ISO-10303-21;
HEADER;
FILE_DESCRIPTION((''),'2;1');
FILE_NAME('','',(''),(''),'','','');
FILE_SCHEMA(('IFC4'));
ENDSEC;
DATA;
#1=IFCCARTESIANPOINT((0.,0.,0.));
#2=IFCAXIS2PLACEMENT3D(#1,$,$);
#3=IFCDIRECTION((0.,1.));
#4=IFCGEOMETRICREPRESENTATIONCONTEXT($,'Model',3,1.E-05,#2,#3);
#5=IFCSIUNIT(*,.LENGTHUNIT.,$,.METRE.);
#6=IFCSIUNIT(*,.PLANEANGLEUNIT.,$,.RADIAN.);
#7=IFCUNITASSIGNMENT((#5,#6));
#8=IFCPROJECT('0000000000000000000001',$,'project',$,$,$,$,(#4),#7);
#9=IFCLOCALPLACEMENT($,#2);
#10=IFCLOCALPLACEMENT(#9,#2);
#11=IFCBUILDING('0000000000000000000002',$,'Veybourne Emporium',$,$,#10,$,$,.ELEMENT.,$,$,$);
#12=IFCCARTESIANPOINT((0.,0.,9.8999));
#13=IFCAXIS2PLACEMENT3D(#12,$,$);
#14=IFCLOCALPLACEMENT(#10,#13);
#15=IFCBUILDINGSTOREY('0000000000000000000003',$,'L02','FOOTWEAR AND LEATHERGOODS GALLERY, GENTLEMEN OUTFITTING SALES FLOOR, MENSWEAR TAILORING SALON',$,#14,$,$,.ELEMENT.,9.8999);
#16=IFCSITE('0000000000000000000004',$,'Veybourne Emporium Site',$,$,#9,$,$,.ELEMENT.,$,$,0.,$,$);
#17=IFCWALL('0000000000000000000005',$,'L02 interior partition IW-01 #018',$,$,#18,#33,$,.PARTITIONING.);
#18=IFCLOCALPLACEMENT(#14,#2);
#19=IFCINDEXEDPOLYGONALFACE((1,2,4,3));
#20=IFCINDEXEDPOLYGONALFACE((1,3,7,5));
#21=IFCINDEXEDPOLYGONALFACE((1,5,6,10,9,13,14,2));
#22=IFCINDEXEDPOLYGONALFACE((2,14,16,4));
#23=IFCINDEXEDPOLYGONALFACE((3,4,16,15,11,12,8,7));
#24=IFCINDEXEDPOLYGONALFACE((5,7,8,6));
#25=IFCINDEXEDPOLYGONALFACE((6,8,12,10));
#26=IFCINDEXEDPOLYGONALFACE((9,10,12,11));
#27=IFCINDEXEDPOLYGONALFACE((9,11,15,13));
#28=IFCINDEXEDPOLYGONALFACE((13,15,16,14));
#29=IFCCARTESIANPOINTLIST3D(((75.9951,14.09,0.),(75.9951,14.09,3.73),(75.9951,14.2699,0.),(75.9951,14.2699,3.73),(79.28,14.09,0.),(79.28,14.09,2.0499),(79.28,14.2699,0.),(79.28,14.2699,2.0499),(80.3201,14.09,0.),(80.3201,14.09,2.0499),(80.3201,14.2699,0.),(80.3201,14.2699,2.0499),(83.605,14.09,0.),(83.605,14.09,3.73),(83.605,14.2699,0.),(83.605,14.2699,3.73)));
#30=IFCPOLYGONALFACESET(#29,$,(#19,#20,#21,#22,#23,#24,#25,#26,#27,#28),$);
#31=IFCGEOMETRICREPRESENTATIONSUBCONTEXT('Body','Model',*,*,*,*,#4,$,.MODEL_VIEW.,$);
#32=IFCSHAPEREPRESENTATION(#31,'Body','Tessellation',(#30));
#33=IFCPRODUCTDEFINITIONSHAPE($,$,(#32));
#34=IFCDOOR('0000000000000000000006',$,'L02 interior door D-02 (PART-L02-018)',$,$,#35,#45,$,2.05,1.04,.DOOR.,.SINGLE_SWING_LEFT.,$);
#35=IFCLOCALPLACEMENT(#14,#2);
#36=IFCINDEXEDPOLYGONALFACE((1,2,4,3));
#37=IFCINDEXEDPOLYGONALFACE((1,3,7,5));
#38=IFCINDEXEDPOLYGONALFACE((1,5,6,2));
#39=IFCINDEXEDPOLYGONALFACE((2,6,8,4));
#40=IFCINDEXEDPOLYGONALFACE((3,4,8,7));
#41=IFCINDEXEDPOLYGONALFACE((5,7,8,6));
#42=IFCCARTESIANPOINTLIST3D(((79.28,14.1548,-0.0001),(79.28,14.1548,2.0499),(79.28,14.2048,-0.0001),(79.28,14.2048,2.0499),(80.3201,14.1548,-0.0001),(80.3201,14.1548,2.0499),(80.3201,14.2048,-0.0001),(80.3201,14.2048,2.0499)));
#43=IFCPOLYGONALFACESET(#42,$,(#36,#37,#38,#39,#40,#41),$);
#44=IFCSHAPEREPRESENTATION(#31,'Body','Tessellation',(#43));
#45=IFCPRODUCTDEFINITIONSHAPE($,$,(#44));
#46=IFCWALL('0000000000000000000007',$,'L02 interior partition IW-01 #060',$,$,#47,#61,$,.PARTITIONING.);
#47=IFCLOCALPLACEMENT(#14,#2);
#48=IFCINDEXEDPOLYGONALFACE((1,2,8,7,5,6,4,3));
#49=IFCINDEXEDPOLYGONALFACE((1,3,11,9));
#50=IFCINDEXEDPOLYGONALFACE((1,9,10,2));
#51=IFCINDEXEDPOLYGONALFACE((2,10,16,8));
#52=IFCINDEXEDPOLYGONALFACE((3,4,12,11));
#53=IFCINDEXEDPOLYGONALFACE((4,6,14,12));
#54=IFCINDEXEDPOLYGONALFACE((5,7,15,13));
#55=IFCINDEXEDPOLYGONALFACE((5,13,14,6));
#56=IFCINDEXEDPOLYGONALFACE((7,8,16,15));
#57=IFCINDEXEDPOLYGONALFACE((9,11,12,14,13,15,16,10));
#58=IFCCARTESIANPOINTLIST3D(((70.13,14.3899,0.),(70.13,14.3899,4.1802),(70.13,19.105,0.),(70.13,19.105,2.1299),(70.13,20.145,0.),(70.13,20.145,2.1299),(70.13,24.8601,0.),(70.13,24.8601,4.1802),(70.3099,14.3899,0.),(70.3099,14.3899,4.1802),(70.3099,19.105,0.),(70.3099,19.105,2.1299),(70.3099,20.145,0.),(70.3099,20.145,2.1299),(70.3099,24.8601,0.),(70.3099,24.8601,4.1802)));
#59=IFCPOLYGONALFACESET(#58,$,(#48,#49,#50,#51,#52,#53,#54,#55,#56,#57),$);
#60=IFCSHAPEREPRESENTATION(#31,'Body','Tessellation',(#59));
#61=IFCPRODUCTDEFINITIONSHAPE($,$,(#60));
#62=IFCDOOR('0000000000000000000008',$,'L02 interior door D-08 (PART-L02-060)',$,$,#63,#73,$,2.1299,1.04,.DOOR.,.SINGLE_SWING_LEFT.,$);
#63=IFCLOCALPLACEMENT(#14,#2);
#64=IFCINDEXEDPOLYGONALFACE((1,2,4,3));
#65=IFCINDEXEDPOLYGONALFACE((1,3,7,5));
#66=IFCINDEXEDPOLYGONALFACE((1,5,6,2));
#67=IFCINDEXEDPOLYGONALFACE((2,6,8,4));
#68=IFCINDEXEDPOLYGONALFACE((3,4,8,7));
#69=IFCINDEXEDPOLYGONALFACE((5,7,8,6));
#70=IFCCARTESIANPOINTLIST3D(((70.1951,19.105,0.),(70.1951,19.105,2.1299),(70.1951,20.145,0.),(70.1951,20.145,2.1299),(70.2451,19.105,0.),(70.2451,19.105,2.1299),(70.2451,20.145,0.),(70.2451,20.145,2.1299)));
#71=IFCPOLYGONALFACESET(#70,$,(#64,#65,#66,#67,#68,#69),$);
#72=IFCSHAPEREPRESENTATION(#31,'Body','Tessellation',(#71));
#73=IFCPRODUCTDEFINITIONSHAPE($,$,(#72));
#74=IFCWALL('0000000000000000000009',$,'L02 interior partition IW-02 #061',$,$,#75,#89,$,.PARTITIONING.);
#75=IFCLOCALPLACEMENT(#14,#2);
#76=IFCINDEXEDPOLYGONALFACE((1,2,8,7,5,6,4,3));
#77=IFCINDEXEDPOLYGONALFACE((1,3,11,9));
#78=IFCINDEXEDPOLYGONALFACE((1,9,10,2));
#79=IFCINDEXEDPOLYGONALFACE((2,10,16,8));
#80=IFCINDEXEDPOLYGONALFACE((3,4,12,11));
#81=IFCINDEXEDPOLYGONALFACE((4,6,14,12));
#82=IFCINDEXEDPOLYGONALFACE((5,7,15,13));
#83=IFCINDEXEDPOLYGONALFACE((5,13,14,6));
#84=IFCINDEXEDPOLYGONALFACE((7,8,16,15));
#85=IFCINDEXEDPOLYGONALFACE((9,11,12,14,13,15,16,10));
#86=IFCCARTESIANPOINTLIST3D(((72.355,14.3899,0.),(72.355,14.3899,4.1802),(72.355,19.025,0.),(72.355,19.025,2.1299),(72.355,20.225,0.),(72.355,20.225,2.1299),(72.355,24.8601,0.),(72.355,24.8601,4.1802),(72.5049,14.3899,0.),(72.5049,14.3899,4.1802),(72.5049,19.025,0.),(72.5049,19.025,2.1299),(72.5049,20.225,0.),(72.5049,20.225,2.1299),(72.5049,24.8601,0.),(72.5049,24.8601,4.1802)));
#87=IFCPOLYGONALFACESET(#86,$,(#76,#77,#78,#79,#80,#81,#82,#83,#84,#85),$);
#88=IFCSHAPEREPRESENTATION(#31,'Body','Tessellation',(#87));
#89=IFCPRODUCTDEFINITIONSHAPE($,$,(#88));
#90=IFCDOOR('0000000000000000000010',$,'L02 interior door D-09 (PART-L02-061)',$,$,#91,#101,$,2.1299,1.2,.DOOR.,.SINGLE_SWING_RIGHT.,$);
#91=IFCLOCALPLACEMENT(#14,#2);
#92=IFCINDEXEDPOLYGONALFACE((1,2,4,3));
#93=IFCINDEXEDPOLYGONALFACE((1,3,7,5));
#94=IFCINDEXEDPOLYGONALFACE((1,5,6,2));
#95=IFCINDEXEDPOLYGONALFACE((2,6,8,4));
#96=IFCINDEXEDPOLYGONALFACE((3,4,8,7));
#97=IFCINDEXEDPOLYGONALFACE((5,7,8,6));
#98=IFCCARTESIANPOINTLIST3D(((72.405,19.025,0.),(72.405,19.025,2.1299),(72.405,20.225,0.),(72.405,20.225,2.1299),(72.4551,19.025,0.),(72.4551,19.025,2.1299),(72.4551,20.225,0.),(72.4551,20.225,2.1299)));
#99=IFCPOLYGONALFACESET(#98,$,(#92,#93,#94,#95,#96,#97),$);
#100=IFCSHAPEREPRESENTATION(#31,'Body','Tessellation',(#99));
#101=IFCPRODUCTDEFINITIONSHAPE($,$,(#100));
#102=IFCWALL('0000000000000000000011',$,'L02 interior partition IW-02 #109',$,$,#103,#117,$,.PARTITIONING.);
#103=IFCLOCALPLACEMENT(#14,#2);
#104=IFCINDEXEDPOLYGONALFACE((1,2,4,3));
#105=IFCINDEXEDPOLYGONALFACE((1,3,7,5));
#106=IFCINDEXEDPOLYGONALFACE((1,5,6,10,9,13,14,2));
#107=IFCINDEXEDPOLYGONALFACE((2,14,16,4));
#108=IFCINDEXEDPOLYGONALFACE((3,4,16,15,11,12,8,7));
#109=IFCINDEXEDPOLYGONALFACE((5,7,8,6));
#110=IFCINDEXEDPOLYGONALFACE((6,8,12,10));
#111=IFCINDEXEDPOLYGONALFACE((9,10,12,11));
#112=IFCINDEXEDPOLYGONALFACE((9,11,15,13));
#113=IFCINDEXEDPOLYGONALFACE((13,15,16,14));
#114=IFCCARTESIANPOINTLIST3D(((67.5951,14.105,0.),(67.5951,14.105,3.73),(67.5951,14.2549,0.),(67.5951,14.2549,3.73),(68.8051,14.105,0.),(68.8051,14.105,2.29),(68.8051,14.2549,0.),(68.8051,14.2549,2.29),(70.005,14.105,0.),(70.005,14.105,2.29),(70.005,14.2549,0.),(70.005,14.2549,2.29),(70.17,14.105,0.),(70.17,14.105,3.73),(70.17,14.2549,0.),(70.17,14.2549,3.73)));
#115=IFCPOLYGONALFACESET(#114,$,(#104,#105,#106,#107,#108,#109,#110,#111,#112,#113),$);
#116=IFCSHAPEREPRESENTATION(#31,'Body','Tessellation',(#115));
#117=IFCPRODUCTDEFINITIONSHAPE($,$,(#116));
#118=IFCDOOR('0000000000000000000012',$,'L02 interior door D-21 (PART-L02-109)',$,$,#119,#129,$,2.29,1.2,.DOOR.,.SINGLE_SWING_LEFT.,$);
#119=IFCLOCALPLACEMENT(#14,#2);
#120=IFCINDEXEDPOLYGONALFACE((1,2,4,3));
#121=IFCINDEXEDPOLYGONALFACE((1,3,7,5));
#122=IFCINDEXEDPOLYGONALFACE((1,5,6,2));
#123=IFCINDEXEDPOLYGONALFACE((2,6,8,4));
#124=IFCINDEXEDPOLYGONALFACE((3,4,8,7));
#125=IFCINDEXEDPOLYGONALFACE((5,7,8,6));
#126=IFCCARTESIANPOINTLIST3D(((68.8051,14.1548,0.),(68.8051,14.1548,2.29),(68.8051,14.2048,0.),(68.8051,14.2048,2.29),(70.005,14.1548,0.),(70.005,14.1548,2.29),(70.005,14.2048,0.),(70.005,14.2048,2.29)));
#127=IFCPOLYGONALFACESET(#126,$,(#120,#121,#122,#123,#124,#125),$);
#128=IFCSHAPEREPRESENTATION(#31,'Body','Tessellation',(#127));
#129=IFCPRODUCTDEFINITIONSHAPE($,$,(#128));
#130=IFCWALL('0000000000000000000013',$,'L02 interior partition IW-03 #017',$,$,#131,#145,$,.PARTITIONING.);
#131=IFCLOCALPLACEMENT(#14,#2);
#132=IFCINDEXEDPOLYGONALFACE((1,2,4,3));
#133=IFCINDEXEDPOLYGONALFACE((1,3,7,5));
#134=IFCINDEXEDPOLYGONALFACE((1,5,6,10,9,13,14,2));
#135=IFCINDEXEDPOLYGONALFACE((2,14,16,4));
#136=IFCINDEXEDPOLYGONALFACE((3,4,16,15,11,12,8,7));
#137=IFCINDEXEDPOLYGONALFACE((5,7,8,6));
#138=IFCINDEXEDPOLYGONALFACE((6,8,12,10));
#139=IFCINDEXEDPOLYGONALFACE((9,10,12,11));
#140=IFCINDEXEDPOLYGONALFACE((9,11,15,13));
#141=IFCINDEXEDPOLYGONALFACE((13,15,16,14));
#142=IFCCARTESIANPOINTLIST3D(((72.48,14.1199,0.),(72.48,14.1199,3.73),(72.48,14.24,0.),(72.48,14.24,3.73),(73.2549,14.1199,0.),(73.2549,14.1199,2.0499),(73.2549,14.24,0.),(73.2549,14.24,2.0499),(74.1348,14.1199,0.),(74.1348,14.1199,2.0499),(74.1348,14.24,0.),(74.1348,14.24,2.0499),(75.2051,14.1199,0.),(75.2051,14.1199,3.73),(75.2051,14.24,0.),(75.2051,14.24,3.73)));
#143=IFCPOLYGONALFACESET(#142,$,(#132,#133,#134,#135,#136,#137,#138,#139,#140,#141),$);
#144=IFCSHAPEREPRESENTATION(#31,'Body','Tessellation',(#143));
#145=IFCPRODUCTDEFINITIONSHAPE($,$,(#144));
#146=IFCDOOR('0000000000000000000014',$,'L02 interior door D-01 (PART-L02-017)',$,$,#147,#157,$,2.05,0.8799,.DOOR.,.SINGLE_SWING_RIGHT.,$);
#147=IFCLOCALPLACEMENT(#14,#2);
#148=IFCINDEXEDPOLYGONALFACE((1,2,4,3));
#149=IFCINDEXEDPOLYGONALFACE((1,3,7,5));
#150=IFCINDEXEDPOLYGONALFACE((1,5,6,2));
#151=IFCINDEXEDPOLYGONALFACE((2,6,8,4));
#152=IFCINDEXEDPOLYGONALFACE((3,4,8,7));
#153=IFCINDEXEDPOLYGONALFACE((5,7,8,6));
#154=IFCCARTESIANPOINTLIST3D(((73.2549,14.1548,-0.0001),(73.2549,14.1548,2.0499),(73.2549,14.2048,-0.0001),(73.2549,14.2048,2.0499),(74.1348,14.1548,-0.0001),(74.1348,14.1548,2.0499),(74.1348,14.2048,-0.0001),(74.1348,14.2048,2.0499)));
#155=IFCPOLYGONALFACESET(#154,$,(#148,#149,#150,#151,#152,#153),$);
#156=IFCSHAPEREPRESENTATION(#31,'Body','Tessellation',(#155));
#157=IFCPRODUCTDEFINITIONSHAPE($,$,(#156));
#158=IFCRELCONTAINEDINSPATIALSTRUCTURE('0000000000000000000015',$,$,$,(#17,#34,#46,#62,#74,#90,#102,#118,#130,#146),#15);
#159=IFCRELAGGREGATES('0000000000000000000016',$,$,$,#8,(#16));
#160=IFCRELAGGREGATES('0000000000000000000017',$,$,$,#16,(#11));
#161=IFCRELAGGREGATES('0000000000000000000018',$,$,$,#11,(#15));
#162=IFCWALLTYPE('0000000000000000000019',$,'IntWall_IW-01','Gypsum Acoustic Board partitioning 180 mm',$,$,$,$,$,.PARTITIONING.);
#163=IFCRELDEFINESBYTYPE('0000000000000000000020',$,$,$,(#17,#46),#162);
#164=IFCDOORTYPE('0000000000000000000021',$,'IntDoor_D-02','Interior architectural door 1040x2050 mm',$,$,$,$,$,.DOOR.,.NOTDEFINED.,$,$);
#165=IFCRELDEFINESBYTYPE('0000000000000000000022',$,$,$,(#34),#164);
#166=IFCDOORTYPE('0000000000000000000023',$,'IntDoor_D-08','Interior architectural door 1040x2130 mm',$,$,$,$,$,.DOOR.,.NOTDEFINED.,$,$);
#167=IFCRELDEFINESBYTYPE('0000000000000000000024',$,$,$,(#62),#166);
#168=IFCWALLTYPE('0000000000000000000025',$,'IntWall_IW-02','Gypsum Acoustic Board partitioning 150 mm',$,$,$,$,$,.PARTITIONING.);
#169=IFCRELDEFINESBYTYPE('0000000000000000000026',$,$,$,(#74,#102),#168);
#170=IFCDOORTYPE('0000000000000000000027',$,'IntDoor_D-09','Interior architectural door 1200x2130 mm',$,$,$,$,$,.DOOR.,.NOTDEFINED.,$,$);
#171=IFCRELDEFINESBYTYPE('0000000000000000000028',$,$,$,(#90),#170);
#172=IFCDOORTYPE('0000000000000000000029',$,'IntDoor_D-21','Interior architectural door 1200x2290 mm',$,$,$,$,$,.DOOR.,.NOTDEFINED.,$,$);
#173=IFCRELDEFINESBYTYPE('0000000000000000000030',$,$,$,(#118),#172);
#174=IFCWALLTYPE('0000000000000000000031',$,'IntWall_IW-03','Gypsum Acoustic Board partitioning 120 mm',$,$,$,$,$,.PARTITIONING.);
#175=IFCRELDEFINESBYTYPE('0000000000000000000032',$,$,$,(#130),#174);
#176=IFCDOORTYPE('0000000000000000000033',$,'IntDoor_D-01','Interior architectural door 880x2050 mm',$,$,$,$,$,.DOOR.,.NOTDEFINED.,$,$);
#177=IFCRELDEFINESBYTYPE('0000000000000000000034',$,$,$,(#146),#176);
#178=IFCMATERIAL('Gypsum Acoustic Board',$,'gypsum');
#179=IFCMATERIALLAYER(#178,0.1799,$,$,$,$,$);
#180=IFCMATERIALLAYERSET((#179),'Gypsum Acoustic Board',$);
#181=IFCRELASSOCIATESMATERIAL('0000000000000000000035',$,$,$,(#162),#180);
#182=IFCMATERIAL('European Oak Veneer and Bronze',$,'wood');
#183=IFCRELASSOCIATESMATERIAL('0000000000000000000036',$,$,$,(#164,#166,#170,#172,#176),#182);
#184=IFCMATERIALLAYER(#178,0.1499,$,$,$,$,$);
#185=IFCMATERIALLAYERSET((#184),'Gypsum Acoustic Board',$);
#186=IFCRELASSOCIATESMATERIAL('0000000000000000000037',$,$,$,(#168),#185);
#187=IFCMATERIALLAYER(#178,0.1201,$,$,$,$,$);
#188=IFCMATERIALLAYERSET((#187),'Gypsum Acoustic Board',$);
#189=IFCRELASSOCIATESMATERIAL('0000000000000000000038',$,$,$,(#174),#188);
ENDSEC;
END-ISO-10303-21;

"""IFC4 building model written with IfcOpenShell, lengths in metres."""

from ifc_helpers import new_model, si_unit, direction, frame, frame_2d, origin, place, context, subcontext, project, spatial, rectangle, extrude, material, layer, layer_set, type_object, element, fill, save


model = new_model("IFC4")

# Units and contexts
model_context = context("Model", 3, precision=1e-05, world=origin(), true_north=direction((0.0, 1.0)))
body_context = subcontext(model_context, "Body", "Model", "MODEL_VIEW")
ifc_project = project(units=[si_unit("LENGTHUNIT", "METRE"), si_unit("PLANEANGLEUNIT", "RADIAN")], contexts=[model_context])

# Site, building, storey
site_placement = place(None, origin())
site = spatial("IfcSite", under=ifc_project, at=site_placement, Name="Veybourne Emporium Site", CompositionType="ELEMENT", RefElevation=0.0)
building_placement = place(site_placement, origin())
building = spatial("IfcBuilding", under=site, at=building_placement, Name="Veybourne Emporium", CompositionType="ELEMENT")
storey_placement = place(building_placement, frame((0.0, 0.0, 9.8999)))
storey = spatial("IfcBuildingStorey", under=building, at=storey_placement, Name="L02", Description="FOOTWEAR AND LEATHERGOODS GALLERY, GENTLEMEN OUTFITTING SALES FLOOR, MENSWEAR TAILORING SALON", CompositionType="ELEMENT", Elevation=9.8999)

# Walls, openings, doors
ifc_material_1 = material(Name="Gypsum Acoustic Board", Category="gypsum")
ifc_layer_1 = layer(ifc_material_1, 0.1799)
ifc_layer_set_1 = layer_set([ifc_layer_1], Name="Gypsum Acoustic Board")
wall_type_1 = type_object("IfcWallType", Name="IntWall_IW-01", Description="Gypsum Acoustic Board partitioning 180 mm", PredefinedType="PARTITIONING", material=ifc_layer_set_1)
wall_1_placement = place(storey_placement, frame((75.9951, 14.1799, 0.0), z_axis=(0.0, 0.0, 1.0), x_axis=(1.0, 0.0, 0.0)))
wall_1 = element("IfcWall", 1, at=wall_1_placement, inside=storey, type_object=wall_type_1, Name="L02 interior partition IW-01 #018", PredefinedType="PARTITIONING", context=body_context, shape_type="SweptSolid", body=[
    extrude(rectangle(XDim=7.6099, YDim=0.1799, at=frame_2d((3.8049, 0.0))), origin(), (0.0, 0.0, 1.0), 3.73),
])
opening_1_placement = place(wall_1_placement, frame((3.2849, 0.0, 0.0)))
opening_1 = element("IfcOpeningElement", 2, at=opening_1_placement, cuts=wall_1, PredefinedType="OPENING", context=body_context, shape_type="SweptSolid", body=[
    extrude(rectangle(XDim=1.04, YDim=2.05, at=frame_2d((0.52, 1.0249))), frame((0.0, 0.1099, 0.0), z_axis=(0.0, -1.0, 0.0), x_axis=(1.0, 0.0, 0.0)), (0.0, 0.0, 1.0), 0.22),
])
ifc_material_2 = material(Name="European Oak Veneer and Bronze", Category="wood")
door_type_1 = type_object("IfcDoorType", Name="IntDoor_D-02", Description="Interior architectural door 1040x2050 mm", OperationType="NOTDEFINED", PredefinedType="DOOR", material=ifc_material_2)
door_1_placement = place(opening_1_placement, origin())
door_1 = element("IfcDoor", 3, at=door_1_placement, inside=storey, type_object=door_type_1, Name="L02 interior door D-02 (PART-L02-018)", OperationType="SINGLE_SWING_LEFT", OverallHeight=2.05, OverallWidth=1.04, PredefinedType="DOOR", context=body_context, shape_type="SweptSolid", body=[
    extrude(rectangle(XDim=1.04, YDim=2.05, at=frame_2d((0.52, 1.0249))), frame((0.0, 0.0249, 0.0), z_axis=(0.0, -1.0, 0.0), x_axis=(1.0, 0.0, 0.0)), (0.0, 0.0, 1.0), 0.05),
])
fill(opening_1, door_1)
wall_2_placement = place(storey_placement, frame((70.22, 14.3899, 0.0), z_axis=(0.0, 0.0, 1.0), x_axis=(0.0, 1.0, 0.0)))
wall_2 = element("IfcWall", 4, at=wall_2_placement, inside=storey, type_object=wall_type_1, Name="L02 interior partition IW-01 #060", PredefinedType="PARTITIONING", context=body_context, shape_type="SweptSolid", body=[
    extrude(rectangle(XDim=10.4702, YDim=0.1799, at=frame_2d((5.2351, 0.0))), origin(), (0.0, 0.0, 1.0), 4.1802),
])
opening_2_placement = place(wall_2_placement, frame((4.7151, 0.0, 0.0)))
opening_2 = element("IfcOpeningElement", 5, at=opening_2_placement, cuts=wall_2, PredefinedType="OPENING", context=body_context, shape_type="SweptSolid", body=[
    extrude(rectangle(XDim=1.04, YDim=2.1299, at=frame_2d((0.52, 1.0649))), frame((0.0, 0.1099, 0.0), z_axis=(0.0, -1.0, 0.0), x_axis=(1.0, 0.0, 0.0)), (0.0, 0.0, 1.0), 0.22),
])
door_type_2 = type_object("IfcDoorType", Name="IntDoor_D-08", Description="Interior architectural door 1040x2130 mm", OperationType="NOTDEFINED", PredefinedType="DOOR", material=ifc_material_2)
door_2_placement = place(opening_2_placement, origin())
door_2 = element("IfcDoor", 6, at=door_2_placement, inside=storey, type_object=door_type_2, Name="L02 interior door D-08 (PART-L02-060)", OperationType="SINGLE_SWING_LEFT", OverallHeight=2.1299, OverallWidth=1.04, PredefinedType="DOOR", context=body_context, shape_type="SweptSolid", body=[
    extrude(rectangle(XDim=1.04, YDim=2.1299, at=frame_2d((0.52, 1.0649))), frame((0.0, 0.0249, 0.0), z_axis=(0.0, -1.0, 0.0), x_axis=(1.0, 0.0, 0.0)), (0.0, 0.0, 1.0), 0.05),
])
fill(opening_2, door_2)
ifc_layer_2 = layer(ifc_material_1, 0.1499)
ifc_layer_set_2 = layer_set([ifc_layer_2], Name="Gypsum Acoustic Board")
wall_type_2 = type_object("IfcWallType", Name="IntWall_IW-02", Description="Gypsum Acoustic Board partitioning 150 mm", PredefinedType="PARTITIONING", material=ifc_layer_set_2)
wall_3_placement = place(storey_placement, frame((72.4299, 14.3899, 0.0), z_axis=(0.0, 0.0, 1.0), x_axis=(0.0, 1.0, 0.0)))
wall_3 = element("IfcWall", 7, at=wall_3_placement, inside=storey, type_object=wall_type_2, Name="L02 interior partition IW-02 #061", PredefinedType="PARTITIONING", context=body_context, shape_type="SweptSolid", body=[
    extrude(rectangle(XDim=10.4702, YDim=0.1499, at=frame_2d((5.2351, 0.0))), origin(), (0.0, 0.0, 1.0), 4.1802),
])
opening_3_placement = place(wall_3_placement, frame((4.635, 0.0, 0.0)))
opening_3 = element("IfcOpeningElement", 8, at=opening_3_placement, cuts=wall_3, PredefinedType="OPENING", context=body_context, shape_type="SweptSolid", body=[
    extrude(rectangle(XDim=1.2, YDim=2.1299, at=frame_2d((0.6001, 1.0649))), frame((0.0, 0.095, 0.0), z_axis=(0.0, -1.0, 0.0), x_axis=(1.0, 0.0, 0.0)), (0.0, 0.0, 1.0), 0.1899),
])
door_type_3 = type_object("IfcDoorType", Name="IntDoor_D-09", Description="Interior architectural door 1200x2130 mm", OperationType="NOTDEFINED", PredefinedType="DOOR", material=ifc_material_2)
door_3_placement = place(opening_3_placement, origin())
door_3 = element("IfcDoor", 9, at=door_3_placement, inside=storey, type_object=door_type_3, Name="L02 interior door D-09 (PART-L02-061)", OperationType="SINGLE_SWING_RIGHT", OverallHeight=2.1299, OverallWidth=1.2, PredefinedType="DOOR", context=body_context, shape_type="SweptSolid", body=[
    extrude(rectangle(XDim=1.2, YDim=2.1299, at=frame_2d((0.6001, 1.0649))), frame((0.0, 0.0249, 0.0), z_axis=(0.0, -1.0, 0.0), x_axis=(1.0, 0.0, 0.0)), (0.0, 0.0, 1.0), 0.05),
])
fill(opening_3, door_3)
wall_4_placement = place(storey_placement, frame((67.595, 14.1799, 0.0), z_axis=(0.0, 0.0, 1.0), x_axis=(1.0, 0.0, 0.0)))
wall_4 = element("IfcWall", 10, at=wall_4_placement, inside=storey, type_object=wall_type_2, Name="L02 interior partition IW-02 #109", PredefinedType="PARTITIONING", context=body_context, shape_type="SweptSolid", body=[
    extrude(rectangle(XDim=2.575, YDim=0.1499, at=frame_2d((1.2876, 0.0))), origin(), (0.0, 0.0, 1.0), 3.73),
])
opening_4_placement = place(wall_4_placement, frame((1.21, 0.0, 0.0)))
opening_4 = element("IfcOpeningElement", 11, at=opening_4_placement, cuts=wall_4, PredefinedType="OPENING", context=body_context, shape_type="SweptSolid", body=[
    extrude(rectangle(XDim=1.2, YDim=2.29, at=frame_2d((0.6001, 1.145))), frame((0.0, 0.095, 0.0), z_axis=(0.0, -1.0, 0.0), x_axis=(1.0, 0.0, 0.0)), (0.0, 0.0, 1.0), 0.1899),
])
door_type_4 = type_object("IfcDoorType", Name="IntDoor_D-21", Description="Interior architectural door 1200x2290 mm", OperationType="NOTDEFINED", PredefinedType="DOOR", material=ifc_material_2)
door_4_placement = place(opening_4_placement, origin())
door_4 = element("IfcDoor", 12, at=door_4_placement, inside=storey, type_object=door_type_4, Name="L02 interior door D-21 (PART-L02-109)", OperationType="SINGLE_SWING_LEFT", OverallHeight=2.29, OverallWidth=1.2, PredefinedType="DOOR", context=body_context, shape_type="SweptSolid", body=[
    extrude(rectangle(XDim=1.2, YDim=2.29, at=frame_2d((0.6001, 1.145))), frame((0.0, 0.0249, 0.0), z_axis=(0.0, -1.0, 0.0), x_axis=(1.0, 0.0, 0.0)), (0.0, 0.0, 1.0), 0.05),
])
fill(opening_4, door_4)
ifc_layer_3 = layer(ifc_material_1, 0.1201)
ifc_layer_set_3 = layer_set([ifc_layer_3], Name="Gypsum Acoustic Board")
wall_type_3 = type_object("IfcWallType", Name="IntWall_IW-03", Description="Gypsum Acoustic Board partitioning 120 mm", PredefinedType="PARTITIONING", material=ifc_layer_set_3)
wall_5_placement = place(storey_placement, frame((72.48, 14.1799, 0.0), z_axis=(0.0, 0.0, 1.0), x_axis=(1.0, 0.0, 0.0)))
wall_5 = element("IfcWall", 13, at=wall_5_placement, inside=storey, type_object=wall_type_3, Name="L02 interior partition IW-03 #017", PredefinedType="PARTITIONING", context=body_context, shape_type="SweptSolid", body=[
    extrude(rectangle(XDim=2.7251, YDim=0.1201, at=frame_2d((1.3625, 0.0))), origin(), (0.0, 0.0, 1.0), 3.73),
])
opening_5_placement = place(wall_5_placement, frame((0.7749, 0.0, 0.0)))
opening_5 = element("IfcOpeningElement", 14, at=opening_5_placement, cuts=wall_5, PredefinedType="OPENING", context=body_context, shape_type="SweptSolid", body=[
    extrude(rectangle(XDim=0.8799, YDim=2.05, at=frame_2d((0.4399, 1.0249))), frame((0.0, 0.0801, 0.0), z_axis=(0.0, -1.0, 0.0), x_axis=(1.0, 0.0, 0.0)), (0.0, 0.0, 1.0), 0.1602),
])
door_type_5 = type_object("IfcDoorType", Name="IntDoor_D-01", Description="Interior architectural door 880x2050 mm", OperationType="NOTDEFINED", PredefinedType="DOOR", material=ifc_material_2)
door_5_placement = place(opening_5_placement, origin())
door_5 = element("IfcDoor", 15, at=door_5_placement, inside=storey, type_object=door_type_5, Name="L02 interior door D-01 (PART-L02-017)", OperationType="SINGLE_SWING_RIGHT", OverallHeight=2.05, OverallWidth=0.8799, PredefinedType="DOOR", context=body_context, shape_type="SweptSolid", body=[
    extrude(rectangle(XDim=0.8799, YDim=2.05, at=frame_2d((0.4399, 1.0249))), frame((0.0, 0.0249, 0.0), z_axis=(0.0, -1.0, 0.0), x_axis=(1.0, 0.0, 0.0)), (0.0, 0.0, 1.0), 0.05),
])
fill(opening_5, door_5)

save(model, "model.ifc")
